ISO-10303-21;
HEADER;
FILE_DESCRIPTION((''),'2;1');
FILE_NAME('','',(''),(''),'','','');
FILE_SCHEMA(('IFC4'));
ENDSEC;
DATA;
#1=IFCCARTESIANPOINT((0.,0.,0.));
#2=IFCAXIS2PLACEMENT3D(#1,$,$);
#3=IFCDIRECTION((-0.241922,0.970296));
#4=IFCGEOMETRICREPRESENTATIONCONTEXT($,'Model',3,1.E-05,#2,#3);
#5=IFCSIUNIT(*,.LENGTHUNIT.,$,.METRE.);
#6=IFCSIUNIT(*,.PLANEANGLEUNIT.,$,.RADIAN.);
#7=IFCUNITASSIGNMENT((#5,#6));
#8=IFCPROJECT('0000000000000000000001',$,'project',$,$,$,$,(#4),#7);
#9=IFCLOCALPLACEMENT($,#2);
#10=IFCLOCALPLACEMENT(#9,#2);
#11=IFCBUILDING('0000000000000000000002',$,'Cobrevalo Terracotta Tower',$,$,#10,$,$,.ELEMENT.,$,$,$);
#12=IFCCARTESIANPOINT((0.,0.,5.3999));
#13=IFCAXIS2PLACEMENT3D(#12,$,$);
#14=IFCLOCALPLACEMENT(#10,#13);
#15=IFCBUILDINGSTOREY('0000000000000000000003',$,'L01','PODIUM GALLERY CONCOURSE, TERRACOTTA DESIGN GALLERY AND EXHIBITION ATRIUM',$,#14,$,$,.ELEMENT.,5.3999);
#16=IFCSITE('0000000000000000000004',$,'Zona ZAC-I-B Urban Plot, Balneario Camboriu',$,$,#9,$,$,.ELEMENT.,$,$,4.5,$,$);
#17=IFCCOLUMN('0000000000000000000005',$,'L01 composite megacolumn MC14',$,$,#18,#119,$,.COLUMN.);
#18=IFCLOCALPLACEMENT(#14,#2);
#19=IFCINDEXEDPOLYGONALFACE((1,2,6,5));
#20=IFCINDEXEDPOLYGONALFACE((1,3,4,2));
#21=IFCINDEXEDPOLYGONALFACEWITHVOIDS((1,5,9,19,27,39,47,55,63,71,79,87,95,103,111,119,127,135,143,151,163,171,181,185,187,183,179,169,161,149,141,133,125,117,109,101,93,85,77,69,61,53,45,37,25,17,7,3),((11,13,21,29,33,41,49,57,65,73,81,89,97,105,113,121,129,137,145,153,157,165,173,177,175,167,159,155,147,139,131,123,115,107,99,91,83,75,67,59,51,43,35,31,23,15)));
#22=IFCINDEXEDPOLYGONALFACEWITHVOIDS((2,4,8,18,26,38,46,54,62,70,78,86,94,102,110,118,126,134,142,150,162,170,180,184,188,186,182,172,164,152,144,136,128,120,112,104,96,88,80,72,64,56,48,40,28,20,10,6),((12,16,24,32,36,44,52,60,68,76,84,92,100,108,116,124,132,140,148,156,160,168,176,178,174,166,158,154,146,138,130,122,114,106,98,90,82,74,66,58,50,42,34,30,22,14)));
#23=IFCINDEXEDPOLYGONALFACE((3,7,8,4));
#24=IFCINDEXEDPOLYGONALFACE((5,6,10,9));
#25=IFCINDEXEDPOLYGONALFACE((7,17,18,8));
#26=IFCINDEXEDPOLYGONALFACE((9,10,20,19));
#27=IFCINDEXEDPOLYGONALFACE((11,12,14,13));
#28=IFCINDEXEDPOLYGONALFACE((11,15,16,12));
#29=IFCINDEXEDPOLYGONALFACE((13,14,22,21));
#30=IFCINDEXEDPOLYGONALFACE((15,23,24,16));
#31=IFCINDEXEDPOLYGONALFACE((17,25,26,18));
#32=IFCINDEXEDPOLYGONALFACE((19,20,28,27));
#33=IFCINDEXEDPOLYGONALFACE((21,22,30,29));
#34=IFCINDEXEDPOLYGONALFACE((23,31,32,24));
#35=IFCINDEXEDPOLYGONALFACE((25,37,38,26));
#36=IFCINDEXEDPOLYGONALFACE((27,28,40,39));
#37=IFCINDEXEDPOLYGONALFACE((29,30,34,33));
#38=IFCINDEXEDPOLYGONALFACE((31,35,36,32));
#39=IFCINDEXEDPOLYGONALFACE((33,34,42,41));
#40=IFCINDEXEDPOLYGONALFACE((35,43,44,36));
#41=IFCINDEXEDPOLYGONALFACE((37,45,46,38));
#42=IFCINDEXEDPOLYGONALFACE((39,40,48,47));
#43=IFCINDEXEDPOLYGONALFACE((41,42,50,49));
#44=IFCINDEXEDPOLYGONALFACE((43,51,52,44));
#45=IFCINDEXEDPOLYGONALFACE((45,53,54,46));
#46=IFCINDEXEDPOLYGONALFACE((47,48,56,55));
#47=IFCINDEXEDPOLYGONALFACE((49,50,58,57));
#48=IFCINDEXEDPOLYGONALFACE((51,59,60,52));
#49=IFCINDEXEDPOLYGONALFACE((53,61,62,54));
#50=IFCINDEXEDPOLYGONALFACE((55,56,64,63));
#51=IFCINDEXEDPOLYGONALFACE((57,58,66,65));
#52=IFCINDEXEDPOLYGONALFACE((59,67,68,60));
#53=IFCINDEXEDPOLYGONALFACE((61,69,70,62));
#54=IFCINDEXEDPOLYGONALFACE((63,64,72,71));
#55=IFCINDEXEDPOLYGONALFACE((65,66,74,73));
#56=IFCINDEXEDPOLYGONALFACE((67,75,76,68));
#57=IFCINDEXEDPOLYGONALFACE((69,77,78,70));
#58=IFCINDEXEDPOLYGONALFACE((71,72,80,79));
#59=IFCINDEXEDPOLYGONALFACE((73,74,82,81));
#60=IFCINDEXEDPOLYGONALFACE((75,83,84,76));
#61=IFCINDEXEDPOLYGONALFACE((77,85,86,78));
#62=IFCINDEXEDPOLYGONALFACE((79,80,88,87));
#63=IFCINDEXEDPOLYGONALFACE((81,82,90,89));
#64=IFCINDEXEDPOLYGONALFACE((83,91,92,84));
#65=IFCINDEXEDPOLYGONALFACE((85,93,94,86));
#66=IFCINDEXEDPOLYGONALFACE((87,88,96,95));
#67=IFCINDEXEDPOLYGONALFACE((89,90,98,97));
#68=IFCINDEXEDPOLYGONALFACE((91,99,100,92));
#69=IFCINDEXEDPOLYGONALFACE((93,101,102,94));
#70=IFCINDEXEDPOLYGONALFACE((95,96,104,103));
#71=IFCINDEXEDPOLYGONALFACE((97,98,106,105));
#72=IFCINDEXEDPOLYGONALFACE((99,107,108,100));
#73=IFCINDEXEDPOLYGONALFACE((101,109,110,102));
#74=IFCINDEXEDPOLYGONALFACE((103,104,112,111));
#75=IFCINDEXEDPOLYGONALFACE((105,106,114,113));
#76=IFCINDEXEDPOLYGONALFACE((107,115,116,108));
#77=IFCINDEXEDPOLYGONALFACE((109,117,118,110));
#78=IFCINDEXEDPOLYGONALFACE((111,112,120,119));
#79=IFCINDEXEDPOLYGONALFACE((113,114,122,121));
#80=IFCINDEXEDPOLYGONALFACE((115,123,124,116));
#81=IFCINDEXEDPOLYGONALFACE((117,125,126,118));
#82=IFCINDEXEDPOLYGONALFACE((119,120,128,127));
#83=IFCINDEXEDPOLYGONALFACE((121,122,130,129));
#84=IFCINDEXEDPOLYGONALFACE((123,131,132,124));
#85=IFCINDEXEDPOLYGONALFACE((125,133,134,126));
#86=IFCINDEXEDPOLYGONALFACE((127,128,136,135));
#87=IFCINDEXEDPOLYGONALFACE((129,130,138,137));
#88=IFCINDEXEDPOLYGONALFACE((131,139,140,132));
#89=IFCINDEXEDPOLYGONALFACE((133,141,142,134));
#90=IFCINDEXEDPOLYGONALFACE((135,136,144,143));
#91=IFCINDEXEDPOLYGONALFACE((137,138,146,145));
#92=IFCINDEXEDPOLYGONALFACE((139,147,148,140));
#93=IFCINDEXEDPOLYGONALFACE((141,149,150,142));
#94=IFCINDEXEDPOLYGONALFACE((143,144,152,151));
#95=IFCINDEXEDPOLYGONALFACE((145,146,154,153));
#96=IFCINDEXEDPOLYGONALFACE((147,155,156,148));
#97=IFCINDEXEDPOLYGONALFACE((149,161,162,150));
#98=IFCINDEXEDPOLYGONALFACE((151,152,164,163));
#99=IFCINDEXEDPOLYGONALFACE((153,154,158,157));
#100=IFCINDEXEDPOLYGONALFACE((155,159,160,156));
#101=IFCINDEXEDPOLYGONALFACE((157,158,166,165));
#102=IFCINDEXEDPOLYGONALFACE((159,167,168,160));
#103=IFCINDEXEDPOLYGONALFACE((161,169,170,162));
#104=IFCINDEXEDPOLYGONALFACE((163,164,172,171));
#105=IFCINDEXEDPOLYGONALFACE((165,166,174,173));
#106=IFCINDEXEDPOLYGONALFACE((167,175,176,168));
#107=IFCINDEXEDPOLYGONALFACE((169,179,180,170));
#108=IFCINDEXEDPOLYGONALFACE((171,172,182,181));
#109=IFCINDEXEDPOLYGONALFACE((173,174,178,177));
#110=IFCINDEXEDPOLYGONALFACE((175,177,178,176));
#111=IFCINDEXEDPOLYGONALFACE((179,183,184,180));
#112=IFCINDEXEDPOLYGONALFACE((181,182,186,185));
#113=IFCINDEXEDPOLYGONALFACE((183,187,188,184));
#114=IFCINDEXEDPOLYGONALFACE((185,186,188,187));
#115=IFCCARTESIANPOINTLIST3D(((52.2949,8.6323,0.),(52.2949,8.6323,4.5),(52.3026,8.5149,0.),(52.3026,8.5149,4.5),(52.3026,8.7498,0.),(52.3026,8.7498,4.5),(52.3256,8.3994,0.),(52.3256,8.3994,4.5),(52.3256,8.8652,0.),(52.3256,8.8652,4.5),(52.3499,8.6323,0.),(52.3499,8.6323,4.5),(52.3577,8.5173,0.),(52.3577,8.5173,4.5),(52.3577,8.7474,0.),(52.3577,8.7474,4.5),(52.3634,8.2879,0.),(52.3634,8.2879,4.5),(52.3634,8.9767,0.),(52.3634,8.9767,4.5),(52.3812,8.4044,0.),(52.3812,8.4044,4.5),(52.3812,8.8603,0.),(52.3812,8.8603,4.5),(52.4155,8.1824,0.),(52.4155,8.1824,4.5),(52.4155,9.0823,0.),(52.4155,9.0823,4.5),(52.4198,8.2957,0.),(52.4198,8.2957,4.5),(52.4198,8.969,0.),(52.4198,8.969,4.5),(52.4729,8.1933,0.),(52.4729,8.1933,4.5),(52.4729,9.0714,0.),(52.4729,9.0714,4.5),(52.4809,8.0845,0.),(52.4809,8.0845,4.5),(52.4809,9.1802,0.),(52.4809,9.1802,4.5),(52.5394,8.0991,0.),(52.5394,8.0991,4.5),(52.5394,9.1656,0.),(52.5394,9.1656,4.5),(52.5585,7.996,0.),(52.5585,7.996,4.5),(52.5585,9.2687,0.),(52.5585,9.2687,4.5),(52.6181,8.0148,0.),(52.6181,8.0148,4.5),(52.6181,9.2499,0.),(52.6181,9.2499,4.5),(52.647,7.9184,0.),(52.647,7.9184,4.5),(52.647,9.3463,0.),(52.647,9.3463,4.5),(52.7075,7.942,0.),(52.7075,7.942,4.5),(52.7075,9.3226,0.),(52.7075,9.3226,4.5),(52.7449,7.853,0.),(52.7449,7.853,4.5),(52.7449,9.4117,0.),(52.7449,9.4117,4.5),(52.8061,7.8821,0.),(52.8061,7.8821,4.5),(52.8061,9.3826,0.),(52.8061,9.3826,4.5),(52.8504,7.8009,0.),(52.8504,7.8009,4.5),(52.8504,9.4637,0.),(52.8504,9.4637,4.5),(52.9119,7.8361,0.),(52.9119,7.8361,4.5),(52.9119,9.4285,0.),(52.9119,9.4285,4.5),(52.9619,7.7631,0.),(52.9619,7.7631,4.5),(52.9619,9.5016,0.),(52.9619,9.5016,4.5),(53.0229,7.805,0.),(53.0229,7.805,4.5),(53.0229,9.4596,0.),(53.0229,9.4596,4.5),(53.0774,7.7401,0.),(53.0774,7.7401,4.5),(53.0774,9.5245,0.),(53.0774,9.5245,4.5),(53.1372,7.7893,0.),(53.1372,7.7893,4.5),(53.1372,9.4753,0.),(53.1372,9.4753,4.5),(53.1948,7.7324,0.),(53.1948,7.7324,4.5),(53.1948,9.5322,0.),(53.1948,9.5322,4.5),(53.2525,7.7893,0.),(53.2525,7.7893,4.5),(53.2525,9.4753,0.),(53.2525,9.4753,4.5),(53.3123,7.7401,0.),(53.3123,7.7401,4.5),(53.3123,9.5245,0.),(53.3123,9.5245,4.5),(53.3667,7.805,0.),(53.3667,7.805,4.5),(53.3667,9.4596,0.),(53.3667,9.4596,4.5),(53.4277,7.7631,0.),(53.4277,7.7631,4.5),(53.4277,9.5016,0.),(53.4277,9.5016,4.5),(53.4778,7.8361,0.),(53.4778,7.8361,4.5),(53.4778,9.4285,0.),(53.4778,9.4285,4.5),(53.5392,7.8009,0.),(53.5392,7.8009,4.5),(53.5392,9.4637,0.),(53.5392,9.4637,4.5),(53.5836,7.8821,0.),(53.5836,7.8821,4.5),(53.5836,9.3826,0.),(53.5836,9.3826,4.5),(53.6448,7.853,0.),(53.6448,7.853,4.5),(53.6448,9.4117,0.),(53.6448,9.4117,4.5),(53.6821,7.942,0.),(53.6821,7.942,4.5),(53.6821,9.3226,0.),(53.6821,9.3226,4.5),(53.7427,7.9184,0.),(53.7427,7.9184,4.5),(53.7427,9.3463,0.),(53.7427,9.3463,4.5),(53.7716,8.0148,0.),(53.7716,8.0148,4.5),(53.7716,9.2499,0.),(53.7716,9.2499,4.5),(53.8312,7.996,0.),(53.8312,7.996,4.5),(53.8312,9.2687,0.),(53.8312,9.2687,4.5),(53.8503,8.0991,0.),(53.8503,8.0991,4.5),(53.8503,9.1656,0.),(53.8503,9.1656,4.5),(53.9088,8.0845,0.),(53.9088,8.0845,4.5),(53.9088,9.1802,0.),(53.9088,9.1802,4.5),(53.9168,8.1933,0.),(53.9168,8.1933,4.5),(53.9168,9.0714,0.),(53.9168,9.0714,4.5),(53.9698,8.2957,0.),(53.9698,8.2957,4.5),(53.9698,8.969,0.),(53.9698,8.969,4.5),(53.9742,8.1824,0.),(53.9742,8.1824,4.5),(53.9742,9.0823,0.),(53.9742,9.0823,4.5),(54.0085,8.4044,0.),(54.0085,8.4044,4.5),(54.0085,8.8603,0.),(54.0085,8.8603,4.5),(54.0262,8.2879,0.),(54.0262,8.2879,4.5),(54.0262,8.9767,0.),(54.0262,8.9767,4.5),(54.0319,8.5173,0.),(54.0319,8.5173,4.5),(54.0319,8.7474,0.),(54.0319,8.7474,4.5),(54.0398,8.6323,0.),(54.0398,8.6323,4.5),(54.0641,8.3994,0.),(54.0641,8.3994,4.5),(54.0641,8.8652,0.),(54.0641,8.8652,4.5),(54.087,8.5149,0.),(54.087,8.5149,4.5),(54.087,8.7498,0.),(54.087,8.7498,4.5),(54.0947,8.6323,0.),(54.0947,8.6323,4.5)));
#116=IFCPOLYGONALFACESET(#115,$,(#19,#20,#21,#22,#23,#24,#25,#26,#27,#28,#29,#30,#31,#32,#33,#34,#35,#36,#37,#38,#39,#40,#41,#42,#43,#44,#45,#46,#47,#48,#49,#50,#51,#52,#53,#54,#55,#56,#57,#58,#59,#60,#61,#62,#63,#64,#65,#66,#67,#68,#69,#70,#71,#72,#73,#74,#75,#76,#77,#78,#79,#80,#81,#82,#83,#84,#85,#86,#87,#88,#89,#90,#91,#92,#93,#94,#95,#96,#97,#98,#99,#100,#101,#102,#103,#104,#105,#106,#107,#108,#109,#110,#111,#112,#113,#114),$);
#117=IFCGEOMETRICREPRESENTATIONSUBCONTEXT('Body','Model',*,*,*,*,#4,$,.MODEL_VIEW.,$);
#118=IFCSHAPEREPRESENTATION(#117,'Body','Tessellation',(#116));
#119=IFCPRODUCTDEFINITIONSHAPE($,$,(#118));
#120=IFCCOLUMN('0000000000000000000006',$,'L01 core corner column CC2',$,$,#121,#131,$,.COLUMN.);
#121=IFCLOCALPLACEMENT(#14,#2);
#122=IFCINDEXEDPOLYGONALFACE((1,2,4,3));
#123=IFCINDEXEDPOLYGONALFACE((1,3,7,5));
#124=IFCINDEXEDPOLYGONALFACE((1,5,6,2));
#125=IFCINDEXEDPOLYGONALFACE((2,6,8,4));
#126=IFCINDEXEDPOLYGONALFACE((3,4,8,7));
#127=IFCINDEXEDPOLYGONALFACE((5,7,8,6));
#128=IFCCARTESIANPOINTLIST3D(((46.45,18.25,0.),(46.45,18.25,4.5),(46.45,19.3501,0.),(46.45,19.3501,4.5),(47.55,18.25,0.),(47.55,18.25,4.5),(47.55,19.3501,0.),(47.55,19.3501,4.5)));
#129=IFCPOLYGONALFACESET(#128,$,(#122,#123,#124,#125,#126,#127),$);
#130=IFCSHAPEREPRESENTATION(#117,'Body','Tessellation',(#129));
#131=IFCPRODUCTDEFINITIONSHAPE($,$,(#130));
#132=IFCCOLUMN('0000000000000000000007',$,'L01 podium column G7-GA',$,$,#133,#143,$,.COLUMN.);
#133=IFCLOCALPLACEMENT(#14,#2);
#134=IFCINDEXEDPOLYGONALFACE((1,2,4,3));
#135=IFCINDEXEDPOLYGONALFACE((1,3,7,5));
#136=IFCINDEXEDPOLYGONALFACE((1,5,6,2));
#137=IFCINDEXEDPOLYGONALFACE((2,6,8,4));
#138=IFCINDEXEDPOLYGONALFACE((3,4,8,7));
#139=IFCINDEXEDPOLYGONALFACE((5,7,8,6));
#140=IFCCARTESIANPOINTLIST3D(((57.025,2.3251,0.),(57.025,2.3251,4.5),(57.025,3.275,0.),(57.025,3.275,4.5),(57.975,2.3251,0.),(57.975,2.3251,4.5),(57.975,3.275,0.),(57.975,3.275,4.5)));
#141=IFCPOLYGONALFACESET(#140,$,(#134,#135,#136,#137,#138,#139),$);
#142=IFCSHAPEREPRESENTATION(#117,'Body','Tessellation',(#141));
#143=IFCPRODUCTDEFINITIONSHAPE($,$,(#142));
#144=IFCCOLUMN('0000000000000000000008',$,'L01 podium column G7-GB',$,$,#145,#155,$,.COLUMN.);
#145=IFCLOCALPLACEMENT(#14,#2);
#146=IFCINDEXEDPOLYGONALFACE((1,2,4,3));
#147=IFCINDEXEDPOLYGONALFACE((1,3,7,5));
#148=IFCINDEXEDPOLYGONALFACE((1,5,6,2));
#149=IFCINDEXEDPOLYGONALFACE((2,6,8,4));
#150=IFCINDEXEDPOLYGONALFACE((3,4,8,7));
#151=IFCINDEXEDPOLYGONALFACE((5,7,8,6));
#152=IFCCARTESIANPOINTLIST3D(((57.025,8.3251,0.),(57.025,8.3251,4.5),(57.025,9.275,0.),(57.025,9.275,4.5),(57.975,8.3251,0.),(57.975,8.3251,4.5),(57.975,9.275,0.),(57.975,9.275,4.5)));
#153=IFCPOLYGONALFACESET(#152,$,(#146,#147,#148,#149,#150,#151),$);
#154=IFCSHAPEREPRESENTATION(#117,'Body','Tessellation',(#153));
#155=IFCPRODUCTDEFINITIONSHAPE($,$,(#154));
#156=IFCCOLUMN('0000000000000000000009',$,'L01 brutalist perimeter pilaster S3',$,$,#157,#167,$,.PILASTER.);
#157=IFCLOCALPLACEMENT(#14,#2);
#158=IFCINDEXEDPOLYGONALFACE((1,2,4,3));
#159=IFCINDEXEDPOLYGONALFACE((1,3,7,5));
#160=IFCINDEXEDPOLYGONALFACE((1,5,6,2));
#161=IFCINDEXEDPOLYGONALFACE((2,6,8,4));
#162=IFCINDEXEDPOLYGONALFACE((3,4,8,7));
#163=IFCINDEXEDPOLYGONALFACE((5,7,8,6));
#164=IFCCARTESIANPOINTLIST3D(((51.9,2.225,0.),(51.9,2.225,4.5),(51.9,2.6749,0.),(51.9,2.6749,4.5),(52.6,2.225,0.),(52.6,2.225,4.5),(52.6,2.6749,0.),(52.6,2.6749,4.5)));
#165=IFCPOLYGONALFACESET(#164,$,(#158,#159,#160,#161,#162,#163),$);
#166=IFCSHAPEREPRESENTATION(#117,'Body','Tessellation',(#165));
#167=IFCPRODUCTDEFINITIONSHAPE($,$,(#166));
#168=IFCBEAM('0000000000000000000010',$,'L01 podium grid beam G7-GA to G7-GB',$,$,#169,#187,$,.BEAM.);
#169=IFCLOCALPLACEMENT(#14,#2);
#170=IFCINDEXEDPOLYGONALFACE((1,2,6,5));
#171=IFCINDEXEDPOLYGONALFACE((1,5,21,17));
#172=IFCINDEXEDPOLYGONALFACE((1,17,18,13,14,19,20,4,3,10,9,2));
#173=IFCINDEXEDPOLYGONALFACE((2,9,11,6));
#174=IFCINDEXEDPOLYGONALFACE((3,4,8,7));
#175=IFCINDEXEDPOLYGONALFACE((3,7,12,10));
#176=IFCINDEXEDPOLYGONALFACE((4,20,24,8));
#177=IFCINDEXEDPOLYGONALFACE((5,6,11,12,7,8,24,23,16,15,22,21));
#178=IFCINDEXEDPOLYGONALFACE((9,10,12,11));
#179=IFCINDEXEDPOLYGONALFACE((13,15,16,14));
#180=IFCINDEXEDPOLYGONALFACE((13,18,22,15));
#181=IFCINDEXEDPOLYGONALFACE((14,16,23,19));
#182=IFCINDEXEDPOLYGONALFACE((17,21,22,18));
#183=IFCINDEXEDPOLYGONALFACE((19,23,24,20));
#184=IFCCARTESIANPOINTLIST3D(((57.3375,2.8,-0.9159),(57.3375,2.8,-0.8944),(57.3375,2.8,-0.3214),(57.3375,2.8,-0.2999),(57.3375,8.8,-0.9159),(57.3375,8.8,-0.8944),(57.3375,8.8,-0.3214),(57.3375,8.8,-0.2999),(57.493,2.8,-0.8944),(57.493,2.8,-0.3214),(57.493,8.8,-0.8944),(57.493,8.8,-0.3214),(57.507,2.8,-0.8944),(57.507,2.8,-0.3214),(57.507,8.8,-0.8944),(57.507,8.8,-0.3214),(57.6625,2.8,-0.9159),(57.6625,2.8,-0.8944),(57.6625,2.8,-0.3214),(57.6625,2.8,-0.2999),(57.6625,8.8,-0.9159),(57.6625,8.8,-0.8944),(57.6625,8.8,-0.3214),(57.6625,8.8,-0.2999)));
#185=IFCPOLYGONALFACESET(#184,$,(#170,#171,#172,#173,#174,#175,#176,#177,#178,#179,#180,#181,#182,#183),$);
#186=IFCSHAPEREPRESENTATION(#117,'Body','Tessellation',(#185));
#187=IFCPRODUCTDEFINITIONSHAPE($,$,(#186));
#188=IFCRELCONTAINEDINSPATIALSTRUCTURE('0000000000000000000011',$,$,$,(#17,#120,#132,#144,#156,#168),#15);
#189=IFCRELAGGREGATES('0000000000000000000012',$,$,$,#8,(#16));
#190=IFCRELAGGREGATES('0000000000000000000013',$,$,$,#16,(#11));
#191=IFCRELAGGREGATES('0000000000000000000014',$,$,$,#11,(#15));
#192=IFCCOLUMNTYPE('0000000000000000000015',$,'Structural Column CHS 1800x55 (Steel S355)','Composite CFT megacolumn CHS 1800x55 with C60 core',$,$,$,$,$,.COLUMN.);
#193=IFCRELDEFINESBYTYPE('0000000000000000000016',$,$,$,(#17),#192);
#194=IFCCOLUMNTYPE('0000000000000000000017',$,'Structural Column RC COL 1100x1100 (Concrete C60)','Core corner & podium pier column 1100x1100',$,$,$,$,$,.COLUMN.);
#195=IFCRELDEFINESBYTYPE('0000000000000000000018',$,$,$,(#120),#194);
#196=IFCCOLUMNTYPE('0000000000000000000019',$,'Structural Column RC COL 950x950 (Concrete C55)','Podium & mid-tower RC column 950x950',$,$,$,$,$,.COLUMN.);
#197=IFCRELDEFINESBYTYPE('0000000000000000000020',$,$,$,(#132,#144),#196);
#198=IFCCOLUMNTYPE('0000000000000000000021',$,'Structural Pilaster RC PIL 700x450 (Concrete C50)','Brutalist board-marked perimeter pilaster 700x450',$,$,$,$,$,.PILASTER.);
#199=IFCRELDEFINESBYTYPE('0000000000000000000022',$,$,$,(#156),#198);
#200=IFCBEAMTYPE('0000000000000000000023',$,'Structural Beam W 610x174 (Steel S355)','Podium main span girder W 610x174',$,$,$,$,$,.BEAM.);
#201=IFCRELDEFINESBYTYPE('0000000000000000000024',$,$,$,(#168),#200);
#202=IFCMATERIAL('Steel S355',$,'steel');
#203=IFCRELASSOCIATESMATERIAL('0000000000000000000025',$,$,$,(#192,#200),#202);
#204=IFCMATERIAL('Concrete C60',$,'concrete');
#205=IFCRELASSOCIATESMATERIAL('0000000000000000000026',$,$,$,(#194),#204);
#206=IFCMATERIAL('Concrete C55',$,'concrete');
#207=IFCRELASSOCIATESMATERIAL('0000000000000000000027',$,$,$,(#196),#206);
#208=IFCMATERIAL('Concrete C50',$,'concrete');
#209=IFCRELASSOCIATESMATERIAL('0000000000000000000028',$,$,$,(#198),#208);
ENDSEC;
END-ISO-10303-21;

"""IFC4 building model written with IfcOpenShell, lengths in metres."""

from ifc_helpers import new_model, si_unit, direction, frame, origin, origin_2d, place, context, subcontext, project, spatial, rectangle, hollow_circle, i_section, extrude, material, material_profile, profile_set, type_object, element, save


model = new_model("IFC4")

# Units and contexts
model_context = context("Model", 3, precision=1e-05, world=origin(), true_north=direction((-0.241922, 0.970296)))
body_context = subcontext(model_context, "Body", "Model", "MODEL_VIEW")
ifc_project = project(units=[si_unit("LENGTHUNIT", "METRE"), si_unit("PLANEANGLEUNIT", "RADIAN")], contexts=[model_context])

# Site, building, storey
site_placement = place(None, origin())
site = spatial("IfcSite", under=ifc_project, at=site_placement, Name="Zona ZAC-I-B Urban Plot, Balneario Camboriu", CompositionType="ELEMENT", RefElevation=4.5)
building_placement = place(site_placement, origin())
building = spatial("IfcBuilding", under=site, at=building_placement, Name="Cobrevalo Terracotta Tower", CompositionType="ELEMENT")
storey_placement = place(building_placement, frame((0.0, 0.0, 5.3999)))
storey = spatial("IfcBuildingStorey", under=building, at=storey_placement, Name="L01", Description="PODIUM GALLERY CONCOURSE, TERRACOTTA DESIGN GALLERY AND EXHIBITION ATRIUM", CompositionType="ELEMENT", Elevation=5.3999)

# Columns
ifc_material_1 = material(Name="Steel S355", Category="steel")
ifc_material_profile_1 = material_profile(ifc_material_1, hollow_circle(Radius=0.8999, WallThickness=0.0549, at=origin_2d()), Name="CHS 1800x55")
ifc_profile_set_1 = profile_set([ifc_material_profile_1], Name="Steel S355")
column_type_1 = type_object("IfcColumnType", Name="Structural Column CHS 1800x55 (Steel S355)", Description="Composite CFT megacolumn CHS 1800x55 with C60 core", PredefinedType="COLUMN", material=ifc_profile_set_1)
column_1_placement = place(storey_placement, frame((53.1948, 8.6323, 0.0), z_axis=(0.0, 0.0, 1.0), x_axis=(1.0, 0.0, 0.0)))
element("IfcColumn", 1, at=column_1_placement, inside=storey, type_object=column_type_1, Name="L01 composite megacolumn MC14", PredefinedType="COLUMN", context=body_context, shape_type="SweptSolid", body=[
    extrude(hollow_circle(Radius=0.8999, WallThickness=0.0549, at=origin_2d()), origin(), (0.0, 0.0, 1.0), 4.5),
])
ifc_material_2 = material(Name="Concrete C60", Category="concrete")
ifc_material_profile_2 = material_profile(ifc_material_2, rectangle(XDim=1.1001, YDim=1.1001, at=origin_2d()), Name="RC COL 1100x1100")
ifc_profile_set_2 = profile_set([ifc_material_profile_2], Name="Concrete C60")
column_type_2 = type_object("IfcColumnType", Name="Structural Column RC COL 1100x1100 (Concrete C60)", Description="Core corner & podium pier column 1100x1100", PredefinedType="COLUMN", material=ifc_profile_set_2)
column_2_placement = place(storey_placement, frame((47.0, 18.8, 0.0), z_axis=(0.0, 0.0, 1.0), x_axis=(1.0, 0.0, 0.0)))
element("IfcColumn", 2, at=column_2_placement, inside=storey, type_object=column_type_2, Name="L01 core corner column CC2", PredefinedType="COLUMN", context=body_context, shape_type="SweptSolid", body=[
    extrude(rectangle(XDim=1.1001, YDim=1.1001, at=origin_2d()), origin(), (0.0, 0.0, 1.0), 4.5),
])
ifc_material_3 = material(Name="Concrete C55", Category="concrete")
ifc_material_profile_3 = material_profile(ifc_material_3, rectangle(XDim=0.95, YDim=0.95, at=origin_2d()), Name="RC COL 950x950")
ifc_profile_set_3 = profile_set([ifc_material_profile_3], Name="Concrete C55")
column_type_3 = type_object("IfcColumnType", Name="Structural Column RC COL 950x950 (Concrete C55)", Description="Podium & mid-tower RC column 950x950", PredefinedType="COLUMN", material=ifc_profile_set_3)
for number, where, z_axis, x_axis, name in (
    (3, (57.5, 2.8, 0.0), (0.0, 0.0, 1.0), (1.0, 0.0, 0.0), "L01 podium column G7-GA"),
    (4, (57.5, 8.8, 0.0), (0.0, 0.0, 1.0), (1.0, 0.0, 0.0), "L01 podium column G7-GB"),
):
    element("IfcColumn", number, at=place(storey_placement, frame(where, z_axis=z_axis, x_axis=x_axis)), inside=storey, type_object=column_type_3, Name=name, PredefinedType="COLUMN", context=body_context, shape_type="SweptSolid", body=[
        extrude(rectangle(XDim=0.95, YDim=0.95, at=origin_2d()), origin(), (0.0, 0.0, 1.0), 4.5),
    ])
ifc_material_4 = material(Name="Concrete C50", Category="concrete")
ifc_material_profile_4 = material_profile(ifc_material_4, rectangle(XDim=0.7, YDim=0.45, at=origin_2d()), Name="RC PIL 700x450")
ifc_profile_set_4 = profile_set([ifc_material_profile_4], Name="Concrete C50")
column_type_4 = type_object("IfcColumnType", Name="Structural Pilaster RC PIL 700x450 (Concrete C50)", Description="Brutalist board-marked perimeter pilaster 700x450", PredefinedType="PILASTER", material=ifc_profile_set_4)
column_3_placement = place(storey_placement, frame((52.25, 2.45, 0.0), z_axis=(0.0, 0.0, 1.0), x_axis=(1.0, 0.0, 0.0)))
element("IfcColumn", 5, at=column_3_placement, inside=storey, type_object=column_type_4, Name="L01 brutalist perimeter pilaster S3", PredefinedType="PILASTER", context=body_context, shape_type="SweptSolid", body=[
    extrude(rectangle(XDim=0.7, YDim=0.45, at=origin_2d()), origin(), (0.0, 0.0, 1.0), 4.5),
])

# Beam
ifc_material_profile_5 = material_profile(ifc_material_1, i_section(OverallWidth=0.325, OverallDepth=0.616, WebThickness=0.0139, FlangeThickness=0.0215, at=origin_2d()), Name="W 610x174")
ifc_profile_set_5 = profile_set([ifc_material_profile_5], Name="Steel S355")
beam_type_1 = type_object("IfcBeamType", Name="Structural Beam W 610x174 (Steel S355)", Description="Podium main span girder W 610x174", PredefinedType="BEAM", material=ifc_profile_set_5)
beam_1_placement = place(storey_placement, frame((57.5, 2.8, -0.6079), z_axis=(0.0, 1.0, 0.0), x_axis=(-1.0, 0.0, 0.0)))
element("IfcBeam", 6, at=beam_1_placement, inside=storey, type_object=beam_type_1, Name="L01 podium grid beam G7-GA to G7-GB", PredefinedType="BEAM", context=body_context, shape_type="SweptSolid", body=[
    extrude(i_section(OverallWidth=0.325, OverallDepth=0.616, WebThickness=0.0139, FlangeThickness=0.0215, at=origin_2d()), origin(), (0.0, 0.0, 1.0), 6.0),
])

save(model, "model.ifc")
